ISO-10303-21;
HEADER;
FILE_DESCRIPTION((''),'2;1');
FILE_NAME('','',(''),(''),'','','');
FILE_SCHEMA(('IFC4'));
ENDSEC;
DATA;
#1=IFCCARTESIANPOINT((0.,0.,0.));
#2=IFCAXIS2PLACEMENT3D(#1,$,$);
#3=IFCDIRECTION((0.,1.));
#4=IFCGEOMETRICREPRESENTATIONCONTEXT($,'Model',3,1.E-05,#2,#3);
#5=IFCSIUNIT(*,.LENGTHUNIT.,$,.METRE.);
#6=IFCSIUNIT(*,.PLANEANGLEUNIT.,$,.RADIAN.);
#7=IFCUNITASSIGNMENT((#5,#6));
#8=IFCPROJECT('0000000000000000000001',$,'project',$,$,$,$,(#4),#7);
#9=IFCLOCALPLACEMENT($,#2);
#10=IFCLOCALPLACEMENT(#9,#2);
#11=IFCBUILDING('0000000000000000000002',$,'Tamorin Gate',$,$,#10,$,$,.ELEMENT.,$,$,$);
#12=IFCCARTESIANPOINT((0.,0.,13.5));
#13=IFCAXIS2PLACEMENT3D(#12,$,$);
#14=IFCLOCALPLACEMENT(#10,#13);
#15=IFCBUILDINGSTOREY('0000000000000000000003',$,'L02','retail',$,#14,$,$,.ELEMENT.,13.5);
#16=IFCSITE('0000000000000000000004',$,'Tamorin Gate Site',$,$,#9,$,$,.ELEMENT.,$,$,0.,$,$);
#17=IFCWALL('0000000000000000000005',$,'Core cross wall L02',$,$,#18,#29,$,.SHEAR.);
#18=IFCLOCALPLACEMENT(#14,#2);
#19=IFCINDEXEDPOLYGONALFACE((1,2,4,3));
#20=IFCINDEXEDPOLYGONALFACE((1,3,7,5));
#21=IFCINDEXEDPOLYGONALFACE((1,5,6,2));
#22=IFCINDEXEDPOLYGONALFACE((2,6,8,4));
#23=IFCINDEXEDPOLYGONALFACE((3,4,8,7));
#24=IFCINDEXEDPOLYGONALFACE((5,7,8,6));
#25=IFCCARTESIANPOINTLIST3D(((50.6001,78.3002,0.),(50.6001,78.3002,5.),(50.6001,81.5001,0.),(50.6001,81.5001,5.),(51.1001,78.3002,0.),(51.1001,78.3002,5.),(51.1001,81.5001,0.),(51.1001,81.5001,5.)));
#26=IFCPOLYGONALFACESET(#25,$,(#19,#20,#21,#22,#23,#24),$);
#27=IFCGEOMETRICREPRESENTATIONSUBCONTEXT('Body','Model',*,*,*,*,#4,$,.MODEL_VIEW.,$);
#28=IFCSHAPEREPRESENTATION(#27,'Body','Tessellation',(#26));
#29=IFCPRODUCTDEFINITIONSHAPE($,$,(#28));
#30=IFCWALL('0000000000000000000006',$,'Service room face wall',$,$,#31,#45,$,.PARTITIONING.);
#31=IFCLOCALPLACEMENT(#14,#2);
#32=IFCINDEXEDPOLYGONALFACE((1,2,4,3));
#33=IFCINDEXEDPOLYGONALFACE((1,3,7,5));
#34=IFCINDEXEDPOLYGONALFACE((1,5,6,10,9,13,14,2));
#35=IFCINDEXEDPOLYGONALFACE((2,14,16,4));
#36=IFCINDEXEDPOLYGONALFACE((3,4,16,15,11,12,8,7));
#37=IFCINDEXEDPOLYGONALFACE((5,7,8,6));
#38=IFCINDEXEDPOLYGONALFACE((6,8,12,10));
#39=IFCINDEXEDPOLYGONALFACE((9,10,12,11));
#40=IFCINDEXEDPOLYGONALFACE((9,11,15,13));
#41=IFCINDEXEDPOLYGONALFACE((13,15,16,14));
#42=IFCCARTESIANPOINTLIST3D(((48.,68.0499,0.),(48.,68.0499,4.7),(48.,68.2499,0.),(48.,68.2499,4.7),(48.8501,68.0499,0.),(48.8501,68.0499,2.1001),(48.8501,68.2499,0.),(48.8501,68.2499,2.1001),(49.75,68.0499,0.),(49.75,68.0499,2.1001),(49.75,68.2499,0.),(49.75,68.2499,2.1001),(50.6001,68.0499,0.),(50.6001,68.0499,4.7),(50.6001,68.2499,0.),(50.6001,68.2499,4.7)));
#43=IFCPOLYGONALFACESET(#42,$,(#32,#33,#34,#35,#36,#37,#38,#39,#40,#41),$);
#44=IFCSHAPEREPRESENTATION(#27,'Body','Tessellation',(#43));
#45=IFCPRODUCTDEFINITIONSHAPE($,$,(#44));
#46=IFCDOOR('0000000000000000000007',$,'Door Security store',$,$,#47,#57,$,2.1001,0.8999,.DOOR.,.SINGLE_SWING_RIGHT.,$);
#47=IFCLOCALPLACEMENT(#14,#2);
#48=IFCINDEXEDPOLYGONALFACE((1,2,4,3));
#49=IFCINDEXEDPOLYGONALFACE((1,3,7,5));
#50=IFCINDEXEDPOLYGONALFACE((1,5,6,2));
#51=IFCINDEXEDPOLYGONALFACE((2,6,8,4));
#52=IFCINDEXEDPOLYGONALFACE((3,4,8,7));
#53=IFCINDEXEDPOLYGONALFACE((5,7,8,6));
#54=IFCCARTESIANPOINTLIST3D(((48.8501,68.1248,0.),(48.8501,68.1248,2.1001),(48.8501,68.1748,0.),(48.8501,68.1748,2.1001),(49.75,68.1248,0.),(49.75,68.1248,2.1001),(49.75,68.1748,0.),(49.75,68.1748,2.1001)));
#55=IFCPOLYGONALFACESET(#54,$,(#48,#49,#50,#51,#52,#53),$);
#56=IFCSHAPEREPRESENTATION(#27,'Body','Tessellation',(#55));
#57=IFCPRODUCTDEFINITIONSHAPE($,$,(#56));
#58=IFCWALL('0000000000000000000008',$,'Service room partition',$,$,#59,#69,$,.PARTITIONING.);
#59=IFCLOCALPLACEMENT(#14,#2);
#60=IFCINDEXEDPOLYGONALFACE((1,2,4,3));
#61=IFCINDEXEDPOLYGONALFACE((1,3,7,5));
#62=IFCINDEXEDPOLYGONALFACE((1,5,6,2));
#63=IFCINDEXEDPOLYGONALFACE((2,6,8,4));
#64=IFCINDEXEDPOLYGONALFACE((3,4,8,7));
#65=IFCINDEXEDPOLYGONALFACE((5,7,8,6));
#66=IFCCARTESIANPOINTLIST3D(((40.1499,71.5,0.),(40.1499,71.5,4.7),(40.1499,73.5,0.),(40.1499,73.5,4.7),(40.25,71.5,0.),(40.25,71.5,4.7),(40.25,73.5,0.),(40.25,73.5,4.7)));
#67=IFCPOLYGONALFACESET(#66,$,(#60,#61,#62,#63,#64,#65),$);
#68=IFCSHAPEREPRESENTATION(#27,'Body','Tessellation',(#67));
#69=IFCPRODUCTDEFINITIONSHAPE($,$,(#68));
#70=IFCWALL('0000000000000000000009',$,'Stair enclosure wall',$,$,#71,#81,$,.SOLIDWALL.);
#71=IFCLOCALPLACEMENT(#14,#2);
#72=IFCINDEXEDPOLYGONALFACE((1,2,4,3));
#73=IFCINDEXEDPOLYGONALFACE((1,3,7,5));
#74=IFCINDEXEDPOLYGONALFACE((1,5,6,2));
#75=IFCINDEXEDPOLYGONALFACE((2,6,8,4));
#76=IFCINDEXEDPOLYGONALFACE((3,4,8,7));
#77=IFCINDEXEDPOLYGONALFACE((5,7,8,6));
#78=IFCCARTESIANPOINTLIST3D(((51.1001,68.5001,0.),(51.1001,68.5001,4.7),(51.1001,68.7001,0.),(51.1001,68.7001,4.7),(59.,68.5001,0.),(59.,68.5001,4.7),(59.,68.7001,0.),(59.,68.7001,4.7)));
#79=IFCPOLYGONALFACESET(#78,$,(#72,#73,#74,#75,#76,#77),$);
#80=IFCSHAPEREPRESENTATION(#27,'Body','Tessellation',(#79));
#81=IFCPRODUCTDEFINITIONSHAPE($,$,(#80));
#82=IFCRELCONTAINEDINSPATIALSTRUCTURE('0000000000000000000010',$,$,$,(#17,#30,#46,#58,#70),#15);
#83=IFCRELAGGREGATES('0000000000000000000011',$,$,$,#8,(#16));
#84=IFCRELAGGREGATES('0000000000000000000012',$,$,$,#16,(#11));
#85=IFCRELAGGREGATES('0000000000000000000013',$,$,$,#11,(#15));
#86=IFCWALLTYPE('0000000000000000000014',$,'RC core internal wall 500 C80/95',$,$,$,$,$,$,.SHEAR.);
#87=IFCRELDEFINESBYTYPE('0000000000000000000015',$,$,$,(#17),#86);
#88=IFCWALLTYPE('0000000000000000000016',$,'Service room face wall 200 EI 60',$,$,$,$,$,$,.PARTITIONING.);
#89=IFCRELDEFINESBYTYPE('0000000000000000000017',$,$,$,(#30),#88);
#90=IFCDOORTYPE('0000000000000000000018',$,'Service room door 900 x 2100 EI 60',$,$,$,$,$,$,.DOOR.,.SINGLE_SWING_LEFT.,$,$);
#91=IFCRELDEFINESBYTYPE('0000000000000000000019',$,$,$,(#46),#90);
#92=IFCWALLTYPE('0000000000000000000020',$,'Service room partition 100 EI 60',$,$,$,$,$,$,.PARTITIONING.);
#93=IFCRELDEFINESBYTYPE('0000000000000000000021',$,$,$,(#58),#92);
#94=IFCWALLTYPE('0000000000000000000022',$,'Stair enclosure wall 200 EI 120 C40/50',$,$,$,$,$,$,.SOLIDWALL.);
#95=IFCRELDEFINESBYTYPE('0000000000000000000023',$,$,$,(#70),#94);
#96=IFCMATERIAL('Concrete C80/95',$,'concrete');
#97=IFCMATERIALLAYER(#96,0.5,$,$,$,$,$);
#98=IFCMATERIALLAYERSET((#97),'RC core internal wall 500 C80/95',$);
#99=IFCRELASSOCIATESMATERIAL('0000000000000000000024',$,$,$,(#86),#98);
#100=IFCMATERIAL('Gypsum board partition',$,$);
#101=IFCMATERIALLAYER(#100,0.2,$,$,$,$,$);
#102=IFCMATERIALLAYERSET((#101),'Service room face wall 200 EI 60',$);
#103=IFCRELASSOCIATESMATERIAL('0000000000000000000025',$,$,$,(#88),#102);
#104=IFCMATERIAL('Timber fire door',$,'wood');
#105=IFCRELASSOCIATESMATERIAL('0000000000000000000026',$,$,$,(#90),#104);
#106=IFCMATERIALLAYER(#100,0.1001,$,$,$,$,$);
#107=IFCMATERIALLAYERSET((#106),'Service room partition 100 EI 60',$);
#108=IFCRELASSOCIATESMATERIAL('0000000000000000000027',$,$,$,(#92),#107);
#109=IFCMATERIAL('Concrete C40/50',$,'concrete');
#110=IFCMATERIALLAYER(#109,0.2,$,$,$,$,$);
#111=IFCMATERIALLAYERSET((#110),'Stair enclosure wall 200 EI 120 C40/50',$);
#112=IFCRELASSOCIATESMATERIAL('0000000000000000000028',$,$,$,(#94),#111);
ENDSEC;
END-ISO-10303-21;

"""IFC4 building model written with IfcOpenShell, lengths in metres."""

from ifc_helpers import new_model, si_unit, direction, frame, frame_2d, origin, place, context, subcontext, project, spatial, rectangle, extrude, material, layer, layer_set, type_object, element, fill, save


model = new_model("IFC4")

# Units and contexts
model_context = context("Model", 3, precision=1e-05, world=origin(), true_north=direction((0.0, 1.0)))
body_context = subcontext(model_context, "Body", "Model", "MODEL_VIEW")
ifc_project = project(units=[si_unit("LENGTHUNIT", "METRE"), si_unit("PLANEANGLEUNIT", "RADIAN")], contexts=[model_context])

# Site, building, storey
site_placement = place(None, origin())
site = spatial("IfcSite", under=ifc_project, at=site_placement, Name="Tamorin Gate Site", CompositionType="ELEMENT", RefElevation=0.0)
building_placement = place(site_placement, origin())
building = spatial("IfcBuilding", under=site, at=building_placement, Name="Tamorin Gate", CompositionType="ELEMENT")
storey_placement = place(building_placement, frame((0.0, 0.0, 13.5)))
storey = spatial("IfcBuildingStorey", under=building, at=storey_placement, Name="L02", Description="retail", CompositionType="ELEMENT", Elevation=13.5)

# Shared definitions
ifc_material_1 = material(Name="Concrete C80/95", Category="concrete")

# Wall
ifc_layer_1 = layer(ifc_material_1, 0.5)
ifc_layer_set_1 = layer_set([ifc_layer_1], Name="RC core internal wall 500 C80/95")
wall_type_1 = type_object("IfcWallType", Name="RC core internal wall 500 C80/95", PredefinedType="SHEAR", material=ifc_layer_set_1)
wall_1_placement = place(storey_placement, frame((50.8501, 78.3, 0.0), z_axis=(0.0, 0.0, 1.0), x_axis=(0.0, 1.0, 0.0)))
element("IfcWall", 1, at=wall_1_placement, inside=storey, type_object=wall_type_1, Name="Core cross wall L02", PredefinedType="SHEAR", context=body_context, shape_type="SweptSolid", body=[
    extrude(rectangle(XDim=3.2, YDim=0.5, at=frame_2d((1.6001, 0.0))), origin(), (0.0, 0.0, 1.0), 5.0),
])

# Wall, opening, door
ifc_material_2 = material(Name="Gypsum board partition")
ifc_layer_2 = layer(ifc_material_2, 0.2)
ifc_layer_set_2 = layer_set([ifc_layer_2], Name="Service room face wall 200 EI 60")
wall_type_2 = type_object("IfcWallType", Name="Service room face wall 200 EI 60", PredefinedType="PARTITIONING", material=ifc_layer_set_2)
wall_2_placement = place(storey_placement, frame((48.0, 68.1499, 0.0), z_axis=(0.0, 0.0, 1.0), x_axis=(1.0, 0.0, 0.0)))
wall_2 = element("IfcWall", 2, at=wall_2_placement, inside=storey, type_object=wall_type_2, Name="Service room face wall", PredefinedType="PARTITIONING", context=body_context, shape_type="SweptSolid", body=[
    extrude(rectangle(XDim=2.6001, YDim=0.2, at=frame_2d((1.3, 0.0))), origin(), (0.0, 0.0, 1.0), 4.7),
])
opening_1_placement = place(wall_2_placement, frame((0.8501, 0.0, 0.0)))
opening_1 = element("IfcOpeningElement", 3, at=opening_1_placement, cuts=wall_2, PredefinedType="OPENING", context=body_context, shape_type="SweptSolid", body=[
    extrude(rectangle(XDim=0.8999, YDim=2.1001, at=frame_2d((0.45, 1.05))), frame((0.0, 0.1099, 0.0), z_axis=(0.0, -1.0, 0.0), x_axis=(1.0, 0.0, 0.0)), (0.0, 0.0, 1.0), 0.22),
])
ifc_material_3 = material(Name="Timber fire door", Category="wood")
door_type_1 = type_object("IfcDoorType", Name="Service room door 900 x 2100 EI 60", OperationType="SINGLE_SWING_LEFT", PredefinedType="DOOR", material=ifc_material_3)
door_1_placement = place(opening_1_placement, origin())
door_1 = element("IfcDoor", 4, at=door_1_placement, inside=storey, type_object=door_type_1, Name="Door Security store", OperationType="SINGLE_SWING_RIGHT", OverallHeight=2.1001, OverallWidth=0.8999, PredefinedType="DOOR", context=body_context, shape_type="SweptSolid", body=[
    extrude(rectangle(XDim=0.8999, YDim=2.1001, at=frame_2d((0.45, 1.05))), frame((0.0, 0.0249, 0.0), z_axis=(0.0, -1.0, 0.0), x_axis=(1.0, 0.0, 0.0)), (0.0, 0.0, 1.0), 0.05),
])
fill(opening_1, door_1)

# Walls
ifc_layer_3 = layer(ifc_material_2, 0.1001)
ifc_layer_set_3 = layer_set([ifc_layer_3], Name="Service room partition 100 EI 60")
wall_type_3 = type_object("IfcWallType", Name="Service room partition 100 EI 60", PredefinedType="PARTITIONING", material=ifc_layer_set_3)
wall_3_placement = place(storey_placement, frame((40.2, 71.5, 0.0), z_axis=(0.0, 0.0, 1.0), x_axis=(0.0, 1.0, 0.0)))
element("IfcWall", 5, at=wall_3_placement, inside=storey, type_object=wall_type_3, Name="Service room partition", PredefinedType="PARTITIONING", context=body_context, shape_type="SweptSolid", body=[
    extrude(rectangle(XDim=2.0, YDim=0.1001, at=frame_2d((1.0, 0.0))), origin(), (0.0, 0.0, 1.0), 4.7),
])
ifc_material_4 = material(Name="Concrete C40/50", Category="concrete")
ifc_layer_4 = layer(ifc_material_4, 0.2)
ifc_layer_set_4 = layer_set([ifc_layer_4], Name="Stair enclosure wall 200 EI 120 C40/50")
wall_type_4 = type_object("IfcWallType", Name="Stair enclosure wall 200 EI 120 C40/50", PredefinedType="SOLIDWALL", material=ifc_layer_set_4)
wall_4_placement = place(storey_placement, frame((51.1001, 68.6001, 0.0), z_axis=(0.0, 0.0, 1.0), x_axis=(1.0, 0.0, 0.0)))
element("IfcWall", 6, at=wall_4_placement, inside=storey, type_object=wall_type_4, Name="Stair enclosure wall", PredefinedType="SOLIDWALL", context=body_context, shape_type="SweptSolid", body=[
    extrude(rectangle(XDim=7.8999, YDim=0.2, at=frame_2d((3.95, 0.0))), origin(), (0.0, 0.0, 1.0), 4.7),
])

save(model, "model.ifc")
